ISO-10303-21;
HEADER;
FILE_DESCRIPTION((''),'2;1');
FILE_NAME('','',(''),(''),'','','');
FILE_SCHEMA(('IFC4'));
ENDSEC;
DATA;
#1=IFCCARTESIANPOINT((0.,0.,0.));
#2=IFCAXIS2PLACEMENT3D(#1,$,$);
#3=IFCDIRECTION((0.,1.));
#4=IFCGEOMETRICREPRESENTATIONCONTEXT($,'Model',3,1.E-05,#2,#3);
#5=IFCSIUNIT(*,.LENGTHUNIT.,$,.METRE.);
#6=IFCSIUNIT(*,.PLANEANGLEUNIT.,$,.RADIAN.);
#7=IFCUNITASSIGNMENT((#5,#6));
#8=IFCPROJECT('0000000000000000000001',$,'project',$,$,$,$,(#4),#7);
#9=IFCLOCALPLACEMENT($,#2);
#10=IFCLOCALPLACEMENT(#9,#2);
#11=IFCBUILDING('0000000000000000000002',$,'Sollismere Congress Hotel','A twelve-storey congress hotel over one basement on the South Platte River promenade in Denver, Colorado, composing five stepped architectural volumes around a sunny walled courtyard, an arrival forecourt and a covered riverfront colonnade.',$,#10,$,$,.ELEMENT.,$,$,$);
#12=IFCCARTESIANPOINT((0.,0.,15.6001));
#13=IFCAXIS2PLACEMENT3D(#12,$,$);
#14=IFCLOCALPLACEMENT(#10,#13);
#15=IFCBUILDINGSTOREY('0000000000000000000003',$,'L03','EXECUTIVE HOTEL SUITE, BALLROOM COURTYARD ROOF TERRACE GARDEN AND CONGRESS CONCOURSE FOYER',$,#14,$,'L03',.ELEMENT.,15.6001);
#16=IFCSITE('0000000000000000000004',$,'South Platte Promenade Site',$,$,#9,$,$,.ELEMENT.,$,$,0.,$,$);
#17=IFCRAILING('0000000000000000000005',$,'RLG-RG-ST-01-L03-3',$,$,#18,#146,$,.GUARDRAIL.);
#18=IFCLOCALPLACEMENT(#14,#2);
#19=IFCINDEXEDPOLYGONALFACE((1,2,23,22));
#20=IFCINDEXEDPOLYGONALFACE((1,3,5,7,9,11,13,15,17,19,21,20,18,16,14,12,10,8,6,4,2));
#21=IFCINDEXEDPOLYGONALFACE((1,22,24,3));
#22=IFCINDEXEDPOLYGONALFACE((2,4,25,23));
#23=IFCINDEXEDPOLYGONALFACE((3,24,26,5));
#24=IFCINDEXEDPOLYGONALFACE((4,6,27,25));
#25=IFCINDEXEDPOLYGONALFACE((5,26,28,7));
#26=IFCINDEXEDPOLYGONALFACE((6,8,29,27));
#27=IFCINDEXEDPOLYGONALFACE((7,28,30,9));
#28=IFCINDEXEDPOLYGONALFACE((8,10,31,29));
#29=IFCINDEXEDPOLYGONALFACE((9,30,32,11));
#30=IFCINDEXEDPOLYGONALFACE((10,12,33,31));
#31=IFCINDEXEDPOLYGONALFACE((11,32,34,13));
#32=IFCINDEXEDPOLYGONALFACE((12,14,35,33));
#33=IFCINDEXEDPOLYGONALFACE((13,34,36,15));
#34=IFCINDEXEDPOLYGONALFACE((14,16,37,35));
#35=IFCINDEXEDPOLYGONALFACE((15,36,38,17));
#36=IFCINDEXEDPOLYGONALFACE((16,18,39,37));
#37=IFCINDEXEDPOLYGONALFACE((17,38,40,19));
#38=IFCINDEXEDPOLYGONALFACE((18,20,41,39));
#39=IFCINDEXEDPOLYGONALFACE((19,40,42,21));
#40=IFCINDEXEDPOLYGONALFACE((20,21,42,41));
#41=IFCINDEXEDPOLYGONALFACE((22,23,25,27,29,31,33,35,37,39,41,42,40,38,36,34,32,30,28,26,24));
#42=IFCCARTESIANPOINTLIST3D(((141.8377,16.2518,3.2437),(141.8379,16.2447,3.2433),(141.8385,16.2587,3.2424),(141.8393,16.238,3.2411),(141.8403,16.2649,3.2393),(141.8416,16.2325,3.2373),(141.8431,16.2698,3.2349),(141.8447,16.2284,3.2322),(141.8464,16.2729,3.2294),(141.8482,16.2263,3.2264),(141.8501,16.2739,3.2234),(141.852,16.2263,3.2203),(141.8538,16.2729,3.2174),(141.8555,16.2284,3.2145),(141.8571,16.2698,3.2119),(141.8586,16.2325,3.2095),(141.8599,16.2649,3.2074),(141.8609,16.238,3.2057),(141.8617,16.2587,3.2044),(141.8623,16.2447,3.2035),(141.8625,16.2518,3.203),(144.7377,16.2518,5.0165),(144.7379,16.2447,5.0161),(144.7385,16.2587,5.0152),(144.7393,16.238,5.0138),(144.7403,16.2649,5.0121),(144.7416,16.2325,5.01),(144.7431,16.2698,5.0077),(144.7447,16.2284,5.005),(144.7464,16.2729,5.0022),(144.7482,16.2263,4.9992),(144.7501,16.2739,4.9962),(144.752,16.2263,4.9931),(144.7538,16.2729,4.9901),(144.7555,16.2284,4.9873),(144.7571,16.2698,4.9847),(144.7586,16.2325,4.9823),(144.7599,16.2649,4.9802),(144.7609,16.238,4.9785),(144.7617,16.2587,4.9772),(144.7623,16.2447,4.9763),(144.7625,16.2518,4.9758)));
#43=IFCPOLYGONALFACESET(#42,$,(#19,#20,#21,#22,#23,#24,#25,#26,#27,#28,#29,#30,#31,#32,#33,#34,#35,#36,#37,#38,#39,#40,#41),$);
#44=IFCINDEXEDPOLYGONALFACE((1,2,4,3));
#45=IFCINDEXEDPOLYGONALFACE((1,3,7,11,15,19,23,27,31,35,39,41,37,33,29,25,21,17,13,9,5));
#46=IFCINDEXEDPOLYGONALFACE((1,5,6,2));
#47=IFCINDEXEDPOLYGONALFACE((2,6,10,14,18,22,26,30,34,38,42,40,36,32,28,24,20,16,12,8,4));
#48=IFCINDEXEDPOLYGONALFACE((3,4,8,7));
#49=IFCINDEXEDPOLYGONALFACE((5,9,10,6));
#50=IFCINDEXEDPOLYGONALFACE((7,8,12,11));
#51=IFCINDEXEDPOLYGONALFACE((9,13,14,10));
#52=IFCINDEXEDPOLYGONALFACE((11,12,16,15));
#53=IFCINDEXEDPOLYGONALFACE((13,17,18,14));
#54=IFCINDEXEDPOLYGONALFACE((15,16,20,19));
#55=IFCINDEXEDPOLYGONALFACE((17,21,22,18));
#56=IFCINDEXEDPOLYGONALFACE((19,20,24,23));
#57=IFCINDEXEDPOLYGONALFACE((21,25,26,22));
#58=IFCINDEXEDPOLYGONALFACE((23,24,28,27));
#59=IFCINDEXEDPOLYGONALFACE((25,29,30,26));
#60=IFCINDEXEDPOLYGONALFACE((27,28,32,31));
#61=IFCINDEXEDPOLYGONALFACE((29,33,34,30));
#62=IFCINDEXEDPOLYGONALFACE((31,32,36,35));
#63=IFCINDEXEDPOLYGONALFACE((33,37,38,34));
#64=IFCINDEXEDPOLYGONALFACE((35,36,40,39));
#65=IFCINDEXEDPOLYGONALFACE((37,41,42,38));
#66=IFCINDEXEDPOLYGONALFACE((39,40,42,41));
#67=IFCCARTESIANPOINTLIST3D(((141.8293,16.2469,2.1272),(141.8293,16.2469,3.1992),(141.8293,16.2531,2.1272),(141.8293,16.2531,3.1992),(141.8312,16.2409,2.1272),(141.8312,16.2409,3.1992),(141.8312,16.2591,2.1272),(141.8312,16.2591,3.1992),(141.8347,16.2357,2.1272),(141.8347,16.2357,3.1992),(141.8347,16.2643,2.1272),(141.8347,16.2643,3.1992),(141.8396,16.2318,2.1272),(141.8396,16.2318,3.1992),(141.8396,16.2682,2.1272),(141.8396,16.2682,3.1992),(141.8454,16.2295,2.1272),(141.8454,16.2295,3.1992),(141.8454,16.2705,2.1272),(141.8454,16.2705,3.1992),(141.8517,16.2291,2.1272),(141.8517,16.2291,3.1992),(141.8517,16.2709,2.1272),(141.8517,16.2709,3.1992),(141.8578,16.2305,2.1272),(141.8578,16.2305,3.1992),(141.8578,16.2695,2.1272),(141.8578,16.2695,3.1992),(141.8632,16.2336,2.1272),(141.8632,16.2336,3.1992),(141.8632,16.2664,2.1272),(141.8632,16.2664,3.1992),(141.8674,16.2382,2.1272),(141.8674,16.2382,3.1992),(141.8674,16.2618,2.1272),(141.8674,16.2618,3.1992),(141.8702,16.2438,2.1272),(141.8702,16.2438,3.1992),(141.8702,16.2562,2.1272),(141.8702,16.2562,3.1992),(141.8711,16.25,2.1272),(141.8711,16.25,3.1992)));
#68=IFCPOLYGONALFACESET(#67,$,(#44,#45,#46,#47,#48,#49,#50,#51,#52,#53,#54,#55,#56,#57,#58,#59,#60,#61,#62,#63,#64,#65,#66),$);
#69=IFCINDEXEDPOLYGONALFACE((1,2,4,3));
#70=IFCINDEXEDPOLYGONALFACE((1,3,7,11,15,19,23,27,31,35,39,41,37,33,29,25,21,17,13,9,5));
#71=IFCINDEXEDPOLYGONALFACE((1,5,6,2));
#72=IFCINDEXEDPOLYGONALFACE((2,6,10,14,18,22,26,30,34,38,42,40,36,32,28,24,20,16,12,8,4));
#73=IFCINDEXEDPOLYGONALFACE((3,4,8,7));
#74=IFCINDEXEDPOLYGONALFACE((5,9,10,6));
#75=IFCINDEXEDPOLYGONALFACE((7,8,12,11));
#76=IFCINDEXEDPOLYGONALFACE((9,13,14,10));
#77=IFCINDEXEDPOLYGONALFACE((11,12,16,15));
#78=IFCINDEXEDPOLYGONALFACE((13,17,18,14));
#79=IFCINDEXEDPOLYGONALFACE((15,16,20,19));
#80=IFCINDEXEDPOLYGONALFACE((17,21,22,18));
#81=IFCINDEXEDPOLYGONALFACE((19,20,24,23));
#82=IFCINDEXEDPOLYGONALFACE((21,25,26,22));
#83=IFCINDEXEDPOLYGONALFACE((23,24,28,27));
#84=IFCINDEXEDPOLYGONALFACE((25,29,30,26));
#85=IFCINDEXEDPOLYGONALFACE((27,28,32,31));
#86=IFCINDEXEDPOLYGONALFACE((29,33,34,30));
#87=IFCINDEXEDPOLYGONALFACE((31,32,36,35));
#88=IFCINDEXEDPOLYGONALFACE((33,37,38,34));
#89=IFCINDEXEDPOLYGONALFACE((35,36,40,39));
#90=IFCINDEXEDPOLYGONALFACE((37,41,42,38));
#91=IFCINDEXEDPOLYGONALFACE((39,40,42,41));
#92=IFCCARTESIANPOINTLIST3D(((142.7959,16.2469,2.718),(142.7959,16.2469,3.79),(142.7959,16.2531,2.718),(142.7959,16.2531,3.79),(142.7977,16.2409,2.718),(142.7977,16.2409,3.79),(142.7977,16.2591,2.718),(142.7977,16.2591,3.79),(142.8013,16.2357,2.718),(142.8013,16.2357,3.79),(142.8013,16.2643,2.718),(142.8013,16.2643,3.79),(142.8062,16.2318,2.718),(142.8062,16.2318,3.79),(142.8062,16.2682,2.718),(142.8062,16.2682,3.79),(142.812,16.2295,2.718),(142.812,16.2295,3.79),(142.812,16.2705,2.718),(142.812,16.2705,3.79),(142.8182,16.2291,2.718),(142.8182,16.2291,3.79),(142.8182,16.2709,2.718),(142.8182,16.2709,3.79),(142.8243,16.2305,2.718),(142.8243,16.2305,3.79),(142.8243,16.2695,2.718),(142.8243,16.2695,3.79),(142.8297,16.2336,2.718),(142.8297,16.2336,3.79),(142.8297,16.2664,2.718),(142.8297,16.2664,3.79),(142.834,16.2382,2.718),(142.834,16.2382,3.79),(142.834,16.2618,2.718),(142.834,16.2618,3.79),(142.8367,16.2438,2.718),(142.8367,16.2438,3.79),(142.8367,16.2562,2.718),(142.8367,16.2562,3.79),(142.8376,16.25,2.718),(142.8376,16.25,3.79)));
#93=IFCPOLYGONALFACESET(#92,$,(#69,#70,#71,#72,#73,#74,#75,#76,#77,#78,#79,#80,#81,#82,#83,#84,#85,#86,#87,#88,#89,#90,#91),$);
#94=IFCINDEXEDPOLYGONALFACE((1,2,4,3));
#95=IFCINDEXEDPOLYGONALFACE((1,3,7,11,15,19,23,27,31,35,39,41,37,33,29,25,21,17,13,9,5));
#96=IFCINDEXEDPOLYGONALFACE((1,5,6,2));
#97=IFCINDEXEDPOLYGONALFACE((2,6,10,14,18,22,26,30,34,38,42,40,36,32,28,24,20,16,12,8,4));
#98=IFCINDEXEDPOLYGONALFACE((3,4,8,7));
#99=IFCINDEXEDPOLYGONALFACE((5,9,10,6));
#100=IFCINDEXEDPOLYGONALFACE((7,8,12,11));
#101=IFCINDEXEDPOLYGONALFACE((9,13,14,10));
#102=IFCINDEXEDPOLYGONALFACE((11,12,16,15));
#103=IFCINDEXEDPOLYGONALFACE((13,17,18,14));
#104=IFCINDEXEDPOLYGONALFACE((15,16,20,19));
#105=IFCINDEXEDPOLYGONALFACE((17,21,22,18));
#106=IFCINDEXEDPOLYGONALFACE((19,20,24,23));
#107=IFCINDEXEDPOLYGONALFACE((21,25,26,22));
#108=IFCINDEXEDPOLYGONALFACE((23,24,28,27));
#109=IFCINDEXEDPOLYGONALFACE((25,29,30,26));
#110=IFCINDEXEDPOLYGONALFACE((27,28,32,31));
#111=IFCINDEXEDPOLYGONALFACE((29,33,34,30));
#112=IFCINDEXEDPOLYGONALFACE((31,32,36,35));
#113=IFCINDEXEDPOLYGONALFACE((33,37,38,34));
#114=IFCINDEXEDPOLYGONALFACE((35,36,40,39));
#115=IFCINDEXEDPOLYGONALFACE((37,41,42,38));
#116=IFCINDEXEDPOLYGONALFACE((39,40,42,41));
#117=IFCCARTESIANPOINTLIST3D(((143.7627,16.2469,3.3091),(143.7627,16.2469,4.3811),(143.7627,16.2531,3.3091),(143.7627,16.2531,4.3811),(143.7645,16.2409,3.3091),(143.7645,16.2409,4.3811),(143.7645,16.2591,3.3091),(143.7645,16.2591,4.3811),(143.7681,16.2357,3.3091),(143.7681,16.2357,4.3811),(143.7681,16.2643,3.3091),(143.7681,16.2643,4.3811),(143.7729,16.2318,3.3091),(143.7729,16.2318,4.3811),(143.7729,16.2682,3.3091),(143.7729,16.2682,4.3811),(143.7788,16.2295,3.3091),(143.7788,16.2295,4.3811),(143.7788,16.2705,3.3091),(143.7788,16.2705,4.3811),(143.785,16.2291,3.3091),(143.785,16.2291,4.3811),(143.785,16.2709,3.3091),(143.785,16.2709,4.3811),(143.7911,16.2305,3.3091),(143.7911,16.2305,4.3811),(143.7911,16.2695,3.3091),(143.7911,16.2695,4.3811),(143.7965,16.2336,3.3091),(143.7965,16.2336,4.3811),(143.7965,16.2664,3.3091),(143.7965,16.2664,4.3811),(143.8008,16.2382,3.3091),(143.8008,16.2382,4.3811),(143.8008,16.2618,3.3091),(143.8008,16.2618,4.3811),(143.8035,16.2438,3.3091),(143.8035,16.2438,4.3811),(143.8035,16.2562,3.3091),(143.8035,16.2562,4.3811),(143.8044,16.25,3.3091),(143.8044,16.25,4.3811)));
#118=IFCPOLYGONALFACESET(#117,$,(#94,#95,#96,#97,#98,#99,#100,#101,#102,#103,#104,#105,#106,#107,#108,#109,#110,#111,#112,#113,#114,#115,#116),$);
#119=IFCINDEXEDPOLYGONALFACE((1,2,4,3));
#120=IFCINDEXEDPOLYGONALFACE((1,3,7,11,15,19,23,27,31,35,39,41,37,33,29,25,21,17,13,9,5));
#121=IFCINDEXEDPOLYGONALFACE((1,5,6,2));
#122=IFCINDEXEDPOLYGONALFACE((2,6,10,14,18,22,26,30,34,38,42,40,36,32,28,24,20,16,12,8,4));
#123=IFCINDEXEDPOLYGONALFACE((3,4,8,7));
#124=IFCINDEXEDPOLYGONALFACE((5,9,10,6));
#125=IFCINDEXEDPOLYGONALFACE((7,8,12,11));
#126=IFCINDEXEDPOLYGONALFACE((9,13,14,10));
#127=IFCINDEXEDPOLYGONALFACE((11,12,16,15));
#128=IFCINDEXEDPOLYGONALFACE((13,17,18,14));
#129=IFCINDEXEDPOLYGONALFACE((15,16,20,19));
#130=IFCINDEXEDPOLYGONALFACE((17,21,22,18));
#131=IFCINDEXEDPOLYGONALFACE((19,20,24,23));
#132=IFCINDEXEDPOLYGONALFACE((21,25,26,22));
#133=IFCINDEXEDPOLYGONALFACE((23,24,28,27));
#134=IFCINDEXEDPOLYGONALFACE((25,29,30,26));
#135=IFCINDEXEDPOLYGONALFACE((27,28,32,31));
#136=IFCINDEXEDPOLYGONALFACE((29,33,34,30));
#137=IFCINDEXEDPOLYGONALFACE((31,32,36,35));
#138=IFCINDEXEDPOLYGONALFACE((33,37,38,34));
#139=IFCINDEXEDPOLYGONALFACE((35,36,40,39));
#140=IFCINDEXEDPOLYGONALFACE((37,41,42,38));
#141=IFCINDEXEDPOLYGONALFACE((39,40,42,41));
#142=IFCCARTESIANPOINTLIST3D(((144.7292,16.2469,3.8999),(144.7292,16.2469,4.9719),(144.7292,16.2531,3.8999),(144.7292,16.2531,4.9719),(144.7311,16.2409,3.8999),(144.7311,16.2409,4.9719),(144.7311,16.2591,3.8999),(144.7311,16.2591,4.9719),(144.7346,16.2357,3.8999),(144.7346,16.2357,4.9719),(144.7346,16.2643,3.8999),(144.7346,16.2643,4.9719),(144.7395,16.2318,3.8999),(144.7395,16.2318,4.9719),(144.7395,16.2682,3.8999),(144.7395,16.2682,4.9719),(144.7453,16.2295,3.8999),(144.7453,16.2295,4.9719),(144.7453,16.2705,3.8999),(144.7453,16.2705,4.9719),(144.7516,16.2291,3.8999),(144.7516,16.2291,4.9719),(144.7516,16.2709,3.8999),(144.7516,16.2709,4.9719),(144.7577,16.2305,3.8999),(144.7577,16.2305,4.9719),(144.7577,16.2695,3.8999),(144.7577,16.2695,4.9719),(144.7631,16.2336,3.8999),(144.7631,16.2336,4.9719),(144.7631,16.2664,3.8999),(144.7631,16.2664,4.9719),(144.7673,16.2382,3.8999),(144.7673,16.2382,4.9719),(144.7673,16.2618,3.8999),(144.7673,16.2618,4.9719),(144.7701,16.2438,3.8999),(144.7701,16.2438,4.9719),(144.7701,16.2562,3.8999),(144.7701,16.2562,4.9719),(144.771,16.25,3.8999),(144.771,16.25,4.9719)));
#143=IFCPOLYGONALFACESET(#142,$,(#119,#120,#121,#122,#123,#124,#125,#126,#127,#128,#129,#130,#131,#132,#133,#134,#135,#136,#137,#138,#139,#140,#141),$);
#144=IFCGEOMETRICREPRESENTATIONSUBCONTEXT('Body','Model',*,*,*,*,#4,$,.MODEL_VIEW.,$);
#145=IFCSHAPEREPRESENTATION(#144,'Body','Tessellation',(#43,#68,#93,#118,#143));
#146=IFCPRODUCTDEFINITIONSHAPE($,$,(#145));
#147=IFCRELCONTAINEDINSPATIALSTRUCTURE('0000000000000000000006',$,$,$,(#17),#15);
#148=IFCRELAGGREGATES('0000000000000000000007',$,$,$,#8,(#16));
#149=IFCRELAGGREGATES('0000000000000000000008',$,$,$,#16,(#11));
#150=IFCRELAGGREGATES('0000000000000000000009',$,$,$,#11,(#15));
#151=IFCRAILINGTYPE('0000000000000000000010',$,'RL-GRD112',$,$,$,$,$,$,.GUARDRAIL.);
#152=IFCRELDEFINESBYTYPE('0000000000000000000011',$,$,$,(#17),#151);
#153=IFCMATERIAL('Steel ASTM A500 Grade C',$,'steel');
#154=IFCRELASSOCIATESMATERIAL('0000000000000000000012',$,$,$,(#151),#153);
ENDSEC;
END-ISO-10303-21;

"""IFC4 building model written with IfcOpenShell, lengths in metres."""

from ifc_helpers import new_model, si_unit, direction, frame, origin, origin_2d, place, context, subcontext, project, spatial, circle, extrude, material, type_object, element, save


model = new_model("IFC4")

# Units and contexts
model_context = context("Model", 3, precision=1e-05, world=origin(), true_north=direction((0.0, 1.0)))
body_context = subcontext(model_context, "Body", "Model", "MODEL_VIEW")
ifc_project = project(units=[si_unit("LENGTHUNIT", "METRE"), si_unit("PLANEANGLEUNIT", "RADIAN")], contexts=[model_context])

# Site, building, storey
site_placement = place(None, origin())
site = spatial("IfcSite", under=ifc_project, at=site_placement, Name="South Platte Promenade Site", CompositionType="ELEMENT", RefElevation=0.0)
building_placement = place(site_placement, origin())
building = spatial("IfcBuilding", under=site, at=building_placement, Name="Sollismere Congress Hotel", Description="A twelve-storey congress hotel over one basement on the South Platte River promenade in Denver, Colorado, composing five stepped architectural volumes around a sunny walled courtyard, an arrival forecourt and a covered riverfront colonnade.", CompositionType="ELEMENT")
storey_placement = place(building_placement, frame((0.0, 0.0, 15.6001)))
storey = spatial("IfcBuildingStorey", under=building, at=storey_placement, Name="L03", Description="EXECUTIVE HOTEL SUITE, BALLROOM COURTYARD ROOF TERRACE GARDEN AND CONGRESS CONCOURSE FOYER", LongName="L03", CompositionType="ELEMENT", Elevation=15.6001)

# Railing
ifc_material_1 = material(Name="Steel ASTM A500 Grade C", Category="steel")
railing_type_1 = type_object("IfcRailingType", Name="RL-GRD112", PredefinedType="GUARDRAIL", material=ifc_material_1)
railing_1_placement = place(storey_placement, frame((141.8501, 16.25, 2.1272)))
element("IfcRailing", 1, at=railing_1_placement, inside=storey, type_object=railing_type_1, Name="RLG-RG-ST-01-L03-3", PredefinedType="GUARDRAIL", context=body_context, shape_type="SweptSolid", body=[
    extrude(circle(Radius=0.0239, at=origin_2d()), frame((0.0, 0.0, 1.0962), z_axis=(0.853211, 0.0, 0.521566), x_axis=(0.0, 1.0, 0.0)), (0.0, 0.0, 1.0), 3.3989),
    extrude(circle(Radius=0.021, at=origin_2d()), origin(), (0.0, 0.0, 1.0), 1.072),
    extrude(circle(Radius=0.021, at=origin_2d()), frame((0.9666, 0.0, 0.5908)), (0.0, 0.0, 1.0), 1.072),
    extrude(circle(Radius=0.021, at=origin_2d()), frame((1.9333, 0.0, 1.1819)), (0.0, 0.0, 1.0), 1.072),
    extrude(circle(Radius=0.021, at=origin_2d()), frame((2.8999, 0.0, 1.7727)), (0.0, 0.0, 1.0), 1.072),
])

save(model, "model.ifc")
